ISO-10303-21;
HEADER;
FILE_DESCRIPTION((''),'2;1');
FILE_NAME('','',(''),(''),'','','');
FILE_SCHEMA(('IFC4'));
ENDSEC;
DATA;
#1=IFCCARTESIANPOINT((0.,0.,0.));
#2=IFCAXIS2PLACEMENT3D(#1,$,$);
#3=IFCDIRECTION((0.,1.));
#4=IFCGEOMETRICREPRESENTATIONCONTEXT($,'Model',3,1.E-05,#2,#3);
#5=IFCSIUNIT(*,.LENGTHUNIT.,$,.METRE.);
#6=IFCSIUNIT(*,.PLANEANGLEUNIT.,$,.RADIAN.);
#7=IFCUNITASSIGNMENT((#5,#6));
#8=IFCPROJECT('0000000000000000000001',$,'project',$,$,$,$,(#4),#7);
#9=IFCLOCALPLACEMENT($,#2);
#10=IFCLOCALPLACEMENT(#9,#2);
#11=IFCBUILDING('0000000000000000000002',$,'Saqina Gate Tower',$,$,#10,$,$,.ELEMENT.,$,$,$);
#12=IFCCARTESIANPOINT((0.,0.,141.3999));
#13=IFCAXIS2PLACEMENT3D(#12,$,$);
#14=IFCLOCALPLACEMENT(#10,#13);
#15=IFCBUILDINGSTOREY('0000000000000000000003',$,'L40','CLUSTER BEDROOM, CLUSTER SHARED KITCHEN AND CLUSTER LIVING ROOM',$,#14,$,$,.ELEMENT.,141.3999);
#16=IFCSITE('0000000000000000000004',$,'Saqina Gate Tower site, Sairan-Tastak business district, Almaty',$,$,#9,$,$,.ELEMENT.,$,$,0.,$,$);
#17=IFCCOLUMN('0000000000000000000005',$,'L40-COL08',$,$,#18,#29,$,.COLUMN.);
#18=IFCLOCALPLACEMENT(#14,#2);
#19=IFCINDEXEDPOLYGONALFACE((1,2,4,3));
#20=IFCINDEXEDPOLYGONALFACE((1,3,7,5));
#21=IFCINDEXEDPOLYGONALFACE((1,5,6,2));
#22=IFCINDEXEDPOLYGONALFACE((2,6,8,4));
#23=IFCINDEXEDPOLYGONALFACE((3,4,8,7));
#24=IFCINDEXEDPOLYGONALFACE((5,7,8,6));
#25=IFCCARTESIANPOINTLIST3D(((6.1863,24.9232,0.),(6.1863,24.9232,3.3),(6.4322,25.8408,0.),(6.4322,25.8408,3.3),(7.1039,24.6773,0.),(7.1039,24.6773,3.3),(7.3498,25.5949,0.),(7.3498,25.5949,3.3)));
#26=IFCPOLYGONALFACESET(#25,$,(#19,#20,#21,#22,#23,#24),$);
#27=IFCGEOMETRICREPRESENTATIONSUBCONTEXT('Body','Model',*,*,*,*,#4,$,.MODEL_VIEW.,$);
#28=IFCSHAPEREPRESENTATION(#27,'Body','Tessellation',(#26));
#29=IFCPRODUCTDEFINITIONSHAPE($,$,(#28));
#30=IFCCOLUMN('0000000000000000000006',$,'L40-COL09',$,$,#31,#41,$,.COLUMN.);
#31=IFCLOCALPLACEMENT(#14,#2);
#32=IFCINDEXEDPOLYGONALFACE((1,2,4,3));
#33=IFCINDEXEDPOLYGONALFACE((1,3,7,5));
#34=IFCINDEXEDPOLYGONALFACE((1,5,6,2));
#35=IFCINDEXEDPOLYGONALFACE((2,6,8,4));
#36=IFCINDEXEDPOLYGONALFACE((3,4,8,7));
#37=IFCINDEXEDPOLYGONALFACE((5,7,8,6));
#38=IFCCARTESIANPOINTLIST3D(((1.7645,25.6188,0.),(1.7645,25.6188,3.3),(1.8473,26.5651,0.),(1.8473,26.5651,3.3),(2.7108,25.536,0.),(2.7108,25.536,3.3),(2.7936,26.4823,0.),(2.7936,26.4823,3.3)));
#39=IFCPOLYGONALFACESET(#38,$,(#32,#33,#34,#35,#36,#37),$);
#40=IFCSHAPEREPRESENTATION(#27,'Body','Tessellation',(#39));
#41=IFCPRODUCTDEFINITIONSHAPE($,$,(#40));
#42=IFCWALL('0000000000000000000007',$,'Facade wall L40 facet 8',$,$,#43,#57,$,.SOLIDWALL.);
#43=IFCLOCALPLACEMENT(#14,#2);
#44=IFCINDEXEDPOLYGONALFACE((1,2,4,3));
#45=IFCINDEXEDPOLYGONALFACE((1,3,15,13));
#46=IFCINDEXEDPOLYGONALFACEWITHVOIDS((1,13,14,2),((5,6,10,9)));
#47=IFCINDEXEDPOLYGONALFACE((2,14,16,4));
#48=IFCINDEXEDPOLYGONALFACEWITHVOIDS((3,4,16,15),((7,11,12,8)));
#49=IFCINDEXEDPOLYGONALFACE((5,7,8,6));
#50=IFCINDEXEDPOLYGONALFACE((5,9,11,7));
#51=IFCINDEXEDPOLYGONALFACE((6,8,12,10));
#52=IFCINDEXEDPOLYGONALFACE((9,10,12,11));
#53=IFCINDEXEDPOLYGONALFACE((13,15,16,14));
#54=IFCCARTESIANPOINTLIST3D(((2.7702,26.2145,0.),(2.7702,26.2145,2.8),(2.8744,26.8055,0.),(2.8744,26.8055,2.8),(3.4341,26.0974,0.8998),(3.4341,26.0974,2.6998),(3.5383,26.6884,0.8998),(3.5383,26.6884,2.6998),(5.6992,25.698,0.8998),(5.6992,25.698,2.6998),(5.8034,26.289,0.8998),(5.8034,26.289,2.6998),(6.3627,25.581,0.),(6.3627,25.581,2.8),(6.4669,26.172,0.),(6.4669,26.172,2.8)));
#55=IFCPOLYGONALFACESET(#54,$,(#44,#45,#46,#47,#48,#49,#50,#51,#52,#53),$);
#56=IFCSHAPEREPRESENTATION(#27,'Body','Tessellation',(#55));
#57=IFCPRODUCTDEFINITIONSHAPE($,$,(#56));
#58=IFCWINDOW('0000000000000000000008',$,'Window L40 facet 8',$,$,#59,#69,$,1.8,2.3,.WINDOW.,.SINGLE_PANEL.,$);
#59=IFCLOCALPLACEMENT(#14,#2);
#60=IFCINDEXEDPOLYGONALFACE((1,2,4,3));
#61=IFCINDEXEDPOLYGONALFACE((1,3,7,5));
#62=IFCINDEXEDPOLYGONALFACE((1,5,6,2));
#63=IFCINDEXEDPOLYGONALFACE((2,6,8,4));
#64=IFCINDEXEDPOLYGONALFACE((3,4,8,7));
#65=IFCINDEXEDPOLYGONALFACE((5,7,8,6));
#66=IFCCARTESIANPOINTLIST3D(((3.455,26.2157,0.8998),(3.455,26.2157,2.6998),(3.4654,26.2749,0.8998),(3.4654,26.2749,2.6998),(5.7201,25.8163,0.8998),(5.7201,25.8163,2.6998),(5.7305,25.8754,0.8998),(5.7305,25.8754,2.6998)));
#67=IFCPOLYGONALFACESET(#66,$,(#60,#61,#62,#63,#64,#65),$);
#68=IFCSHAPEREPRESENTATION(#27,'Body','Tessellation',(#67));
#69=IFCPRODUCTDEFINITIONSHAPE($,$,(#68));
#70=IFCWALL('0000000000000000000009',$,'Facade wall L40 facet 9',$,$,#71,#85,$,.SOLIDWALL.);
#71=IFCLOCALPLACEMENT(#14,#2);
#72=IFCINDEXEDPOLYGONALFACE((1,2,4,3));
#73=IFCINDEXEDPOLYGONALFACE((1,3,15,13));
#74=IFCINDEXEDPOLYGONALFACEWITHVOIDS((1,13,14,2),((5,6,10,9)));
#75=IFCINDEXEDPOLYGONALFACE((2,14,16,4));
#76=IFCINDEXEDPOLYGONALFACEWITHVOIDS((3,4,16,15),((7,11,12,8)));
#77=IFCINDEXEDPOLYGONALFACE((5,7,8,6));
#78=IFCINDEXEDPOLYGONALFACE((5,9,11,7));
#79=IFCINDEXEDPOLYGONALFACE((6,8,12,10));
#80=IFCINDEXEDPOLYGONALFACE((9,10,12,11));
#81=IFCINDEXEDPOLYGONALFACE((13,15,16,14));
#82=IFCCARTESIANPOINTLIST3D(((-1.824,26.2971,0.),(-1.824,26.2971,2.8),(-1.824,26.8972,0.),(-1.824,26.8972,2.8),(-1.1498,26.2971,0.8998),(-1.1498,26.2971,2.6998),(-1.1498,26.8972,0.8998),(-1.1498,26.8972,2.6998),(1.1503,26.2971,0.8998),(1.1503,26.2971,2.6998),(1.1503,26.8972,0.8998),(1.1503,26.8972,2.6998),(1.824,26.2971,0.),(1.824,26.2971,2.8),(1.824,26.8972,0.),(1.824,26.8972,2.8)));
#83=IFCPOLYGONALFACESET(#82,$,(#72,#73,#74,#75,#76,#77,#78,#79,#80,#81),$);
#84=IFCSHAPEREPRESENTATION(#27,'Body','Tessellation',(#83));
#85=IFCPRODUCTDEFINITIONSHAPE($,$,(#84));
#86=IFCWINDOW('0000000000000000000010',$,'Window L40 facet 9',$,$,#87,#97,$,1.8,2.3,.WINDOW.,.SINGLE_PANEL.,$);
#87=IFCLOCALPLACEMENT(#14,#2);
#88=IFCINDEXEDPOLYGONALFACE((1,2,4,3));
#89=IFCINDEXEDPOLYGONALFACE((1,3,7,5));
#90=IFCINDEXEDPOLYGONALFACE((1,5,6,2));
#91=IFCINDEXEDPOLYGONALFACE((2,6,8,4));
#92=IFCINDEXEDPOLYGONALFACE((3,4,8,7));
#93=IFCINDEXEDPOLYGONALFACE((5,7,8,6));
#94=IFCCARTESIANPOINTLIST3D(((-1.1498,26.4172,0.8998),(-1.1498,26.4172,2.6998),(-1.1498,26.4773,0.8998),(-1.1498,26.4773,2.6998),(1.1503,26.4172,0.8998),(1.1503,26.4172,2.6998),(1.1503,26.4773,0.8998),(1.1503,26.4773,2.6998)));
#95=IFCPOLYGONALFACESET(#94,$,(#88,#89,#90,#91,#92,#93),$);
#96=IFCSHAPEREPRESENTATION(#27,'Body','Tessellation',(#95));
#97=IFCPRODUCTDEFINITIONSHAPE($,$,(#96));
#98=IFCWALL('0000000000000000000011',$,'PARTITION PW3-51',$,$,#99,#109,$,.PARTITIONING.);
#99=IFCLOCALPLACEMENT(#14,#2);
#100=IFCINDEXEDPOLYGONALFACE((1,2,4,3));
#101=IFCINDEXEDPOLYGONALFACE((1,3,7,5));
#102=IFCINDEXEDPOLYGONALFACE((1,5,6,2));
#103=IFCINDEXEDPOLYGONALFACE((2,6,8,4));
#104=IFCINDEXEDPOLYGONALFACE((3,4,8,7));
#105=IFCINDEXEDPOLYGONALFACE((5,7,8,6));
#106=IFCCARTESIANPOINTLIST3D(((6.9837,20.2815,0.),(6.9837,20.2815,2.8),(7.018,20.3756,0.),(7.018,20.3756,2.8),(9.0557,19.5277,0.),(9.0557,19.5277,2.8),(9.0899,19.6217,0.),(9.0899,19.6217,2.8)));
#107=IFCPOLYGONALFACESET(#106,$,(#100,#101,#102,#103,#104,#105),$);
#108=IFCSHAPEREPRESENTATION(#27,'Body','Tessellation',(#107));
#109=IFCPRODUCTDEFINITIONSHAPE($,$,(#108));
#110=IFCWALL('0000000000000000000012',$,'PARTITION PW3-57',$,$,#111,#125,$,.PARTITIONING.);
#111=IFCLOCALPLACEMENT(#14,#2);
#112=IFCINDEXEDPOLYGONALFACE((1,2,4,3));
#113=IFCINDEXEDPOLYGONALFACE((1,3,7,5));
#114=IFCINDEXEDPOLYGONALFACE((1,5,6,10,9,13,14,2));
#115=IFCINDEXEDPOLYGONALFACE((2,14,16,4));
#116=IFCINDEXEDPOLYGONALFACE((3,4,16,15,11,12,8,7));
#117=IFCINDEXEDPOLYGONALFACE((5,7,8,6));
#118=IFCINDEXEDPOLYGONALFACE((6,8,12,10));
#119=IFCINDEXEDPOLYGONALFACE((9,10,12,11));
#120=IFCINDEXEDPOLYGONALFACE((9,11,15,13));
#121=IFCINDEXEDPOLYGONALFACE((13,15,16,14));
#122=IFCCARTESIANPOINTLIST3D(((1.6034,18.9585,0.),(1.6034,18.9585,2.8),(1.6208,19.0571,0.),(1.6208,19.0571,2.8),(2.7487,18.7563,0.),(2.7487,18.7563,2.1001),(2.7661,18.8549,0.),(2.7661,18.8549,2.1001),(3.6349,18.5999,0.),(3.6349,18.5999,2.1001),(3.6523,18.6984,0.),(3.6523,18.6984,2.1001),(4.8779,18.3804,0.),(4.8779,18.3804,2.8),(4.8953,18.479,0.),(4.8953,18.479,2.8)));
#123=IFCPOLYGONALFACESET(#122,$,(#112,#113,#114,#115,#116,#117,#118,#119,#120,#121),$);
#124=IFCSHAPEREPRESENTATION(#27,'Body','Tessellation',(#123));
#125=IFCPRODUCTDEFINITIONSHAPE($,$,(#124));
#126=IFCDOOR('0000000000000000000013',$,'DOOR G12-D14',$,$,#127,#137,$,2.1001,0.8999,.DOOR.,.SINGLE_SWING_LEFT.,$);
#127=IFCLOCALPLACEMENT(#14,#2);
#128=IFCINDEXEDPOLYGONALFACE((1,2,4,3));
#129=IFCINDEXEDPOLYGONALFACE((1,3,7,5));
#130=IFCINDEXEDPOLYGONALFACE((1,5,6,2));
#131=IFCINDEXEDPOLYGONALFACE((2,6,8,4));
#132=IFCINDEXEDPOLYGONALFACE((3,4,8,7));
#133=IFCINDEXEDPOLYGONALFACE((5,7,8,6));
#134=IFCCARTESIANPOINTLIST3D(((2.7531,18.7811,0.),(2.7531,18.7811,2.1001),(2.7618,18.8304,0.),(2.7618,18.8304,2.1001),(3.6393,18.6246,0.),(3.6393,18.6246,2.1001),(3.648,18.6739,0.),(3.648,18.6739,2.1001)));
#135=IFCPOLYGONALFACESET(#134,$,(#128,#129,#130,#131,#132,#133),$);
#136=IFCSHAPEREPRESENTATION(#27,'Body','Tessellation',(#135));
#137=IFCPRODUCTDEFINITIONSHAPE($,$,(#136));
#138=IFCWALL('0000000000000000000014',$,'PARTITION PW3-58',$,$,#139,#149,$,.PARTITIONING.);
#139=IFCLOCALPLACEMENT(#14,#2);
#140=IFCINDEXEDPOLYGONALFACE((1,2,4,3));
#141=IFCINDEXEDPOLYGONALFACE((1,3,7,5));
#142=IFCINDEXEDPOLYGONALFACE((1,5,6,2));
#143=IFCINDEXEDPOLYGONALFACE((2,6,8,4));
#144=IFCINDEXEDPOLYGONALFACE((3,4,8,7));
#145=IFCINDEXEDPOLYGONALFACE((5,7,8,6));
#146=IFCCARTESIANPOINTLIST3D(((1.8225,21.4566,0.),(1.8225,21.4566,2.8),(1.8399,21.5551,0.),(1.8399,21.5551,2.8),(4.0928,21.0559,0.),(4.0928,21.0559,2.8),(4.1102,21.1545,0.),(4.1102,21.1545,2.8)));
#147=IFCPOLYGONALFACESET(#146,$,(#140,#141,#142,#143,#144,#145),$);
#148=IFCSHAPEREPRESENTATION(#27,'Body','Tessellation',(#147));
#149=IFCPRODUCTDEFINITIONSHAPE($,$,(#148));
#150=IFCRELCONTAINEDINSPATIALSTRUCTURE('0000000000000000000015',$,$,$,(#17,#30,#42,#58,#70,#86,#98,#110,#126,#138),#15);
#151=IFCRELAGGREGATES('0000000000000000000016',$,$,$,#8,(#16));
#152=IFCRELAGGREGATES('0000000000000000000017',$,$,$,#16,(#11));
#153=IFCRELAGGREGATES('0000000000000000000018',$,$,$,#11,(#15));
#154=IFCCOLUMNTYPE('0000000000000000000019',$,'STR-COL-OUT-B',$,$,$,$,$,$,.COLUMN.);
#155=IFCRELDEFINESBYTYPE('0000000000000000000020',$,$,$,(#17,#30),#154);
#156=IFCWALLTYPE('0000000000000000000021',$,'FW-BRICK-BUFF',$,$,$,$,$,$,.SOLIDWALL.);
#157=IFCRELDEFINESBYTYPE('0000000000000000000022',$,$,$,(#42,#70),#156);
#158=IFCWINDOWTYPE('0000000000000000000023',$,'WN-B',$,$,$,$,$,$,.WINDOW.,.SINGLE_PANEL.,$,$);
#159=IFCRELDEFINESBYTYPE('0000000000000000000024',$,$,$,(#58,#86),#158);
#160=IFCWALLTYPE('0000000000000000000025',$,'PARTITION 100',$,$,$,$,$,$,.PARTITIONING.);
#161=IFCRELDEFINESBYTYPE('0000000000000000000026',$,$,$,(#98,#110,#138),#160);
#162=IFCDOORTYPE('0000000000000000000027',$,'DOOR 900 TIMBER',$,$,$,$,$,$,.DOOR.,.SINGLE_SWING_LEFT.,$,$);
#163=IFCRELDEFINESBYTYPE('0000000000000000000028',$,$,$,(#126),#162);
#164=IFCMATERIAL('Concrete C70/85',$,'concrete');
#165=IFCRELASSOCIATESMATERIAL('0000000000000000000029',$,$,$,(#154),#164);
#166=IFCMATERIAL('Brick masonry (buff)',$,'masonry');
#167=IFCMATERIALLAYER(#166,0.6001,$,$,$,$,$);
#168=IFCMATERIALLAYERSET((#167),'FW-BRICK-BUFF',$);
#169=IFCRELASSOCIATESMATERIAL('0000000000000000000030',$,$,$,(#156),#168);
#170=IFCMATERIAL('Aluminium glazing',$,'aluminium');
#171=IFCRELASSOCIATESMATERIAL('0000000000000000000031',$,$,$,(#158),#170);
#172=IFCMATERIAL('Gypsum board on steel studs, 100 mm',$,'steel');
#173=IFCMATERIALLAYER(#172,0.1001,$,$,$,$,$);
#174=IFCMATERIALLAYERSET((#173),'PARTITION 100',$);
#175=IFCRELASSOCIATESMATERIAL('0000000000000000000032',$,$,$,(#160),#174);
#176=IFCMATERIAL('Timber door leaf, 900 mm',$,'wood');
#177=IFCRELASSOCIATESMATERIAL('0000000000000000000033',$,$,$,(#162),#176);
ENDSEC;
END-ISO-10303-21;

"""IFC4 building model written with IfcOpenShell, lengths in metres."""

from ifc_helpers import new_model, si_unit, direction, frame, frame_2d, origin, origin_2d, place, context, subcontext, project, spatial, rectangle, extrude, material, layer, layer_set, material_profile, profile_set, type_object, element, fill, save


model = new_model("IFC4")

# Units and contexts
model_context = context("Model", 3, precision=1e-05, world=origin(), true_north=direction((0.0, 1.0)))
body_context = subcontext(model_context, "Body", "Model", "MODEL_VIEW")
ifc_project = project(units=[si_unit("LENGTHUNIT", "METRE"), si_unit("PLANEANGLEUNIT", "RADIAN")], contexts=[model_context])

# Site, building, storey
site_placement = place(None, origin())
site = spatial("IfcSite", under=ifc_project, at=site_placement, Name="Saqina Gate Tower site, Sairan-Tastak business district, Almaty", CompositionType="ELEMENT", RefElevation=0.0)
building_placement = place(site_placement, origin())
building = spatial("IfcBuilding", under=site, at=building_placement, Name="Saqina Gate Tower", CompositionType="ELEMENT")
storey_placement = place(building_placement, frame((0.0, 0.0, 141.3999)))
storey = spatial("IfcBuildingStorey", under=building, at=storey_placement, Name="L40", Description="CLUSTER BEDROOM, CLUSTER SHARED KITCHEN AND CLUSTER LIVING ROOM", CompositionType="ELEMENT", Elevation=141.3999)

# Columns
ifc_material_1 = material(Name="Concrete C70/85", Category="concrete")
ifc_material_profile = material_profile(ifc_material_1, rectangle(XDim=0.95, YDim=0.95, at=origin_2d()), Name="RC 950x950")
ifc_profile_set = profile_set([ifc_material_profile], Name="Concrete C70/85")
column_type = type_object("IfcColumnType", Name="STR-COL-OUT-B", PredefinedType="COLUMN", material=ifc_profile_set)
for number, where, z_axis, x_axis, name in (
    (1, (6.7681, 25.259, 0.0), (0.0, 0.0, 1.0), (0.258819, 0.965926, 0.0), "L40-COL08"),
    (2, (2.2791, 26.0505, 0.0), (0.0, 0.0, 1.0), (0.087156, 0.996195, 0.0), "L40-COL09"),
):
    element("IfcColumn", number, at=place(storey_placement, frame(where, z_axis=z_axis, x_axis=x_axis)), inside=storey, type_object=column_type, Name=name, PredefinedType="COLUMN", context=body_context, shape_type="SweptSolid", body=[
        extrude(rectangle(XDim=0.95, YDim=0.95, at=origin_2d()), origin(), (0.0, 0.0, 1.0), 3.3),
    ])

# Walls, openings, windows
ifc_material_2 = material(Name="Brick masonry (buff)", Category="masonry")
ifc_layer_1 = layer(ifc_material_2, 0.6001)
ifc_layer_set_1 = layer_set([ifc_layer_1], Name="FW-BRICK-BUFF")
wall_type_1 = type_object("IfcWallType", Name="FW-BRICK-BUFF", PredefinedType="SOLIDWALL", material=ifc_layer_set_1)
wall_1_placement = place(storey_placement, frame((6.4148, 25.8765, 0.0), z_axis=(0.0, 0.0, 1.0), x_axis=(-0.984804, 0.173671, 0.0)))
wall_1 = element("IfcWall", 3, at=wall_1_placement, inside=storey, type_object=wall_type_1, Name="Facade wall L40 facet 8", PredefinedType="SOLIDWALL", context=body_context, shape_type="SweptSolid", body=[
    extrude(rectangle(XDim=3.6479, YDim=0.6001, at=frame_2d((1.824, 0.0))), origin(), (0.0, 0.0, 1.0), 2.8),
])
opening_1_placement = place(wall_1_placement, frame((0.6738, 0.0, 0.8999)))
opening_1 = element("IfcOpeningElement", 4, at=opening_1_placement, cuts=wall_1, PredefinedType="OPENING", context=body_context, shape_type="SweptSolid", body=[
    extrude(rectangle(XDim=2.3, YDim=1.8, at=frame_2d((1.1499, 0.8999))), frame((0.0, 0.312, 0.0), z_axis=(0.0, -1.0, 0.0), x_axis=(1.0, 0.0, 0.0)), (0.0, 0.0, 1.0), 0.624),
])
ifc_material_3 = material(Name="Aluminium glazing", Category="aluminium")
window_type = type_object("IfcWindowType", Name="WN-B", PartitioningType="SINGLE_PANEL", PredefinedType="WINDOW", material=ifc_material_3)
window_1_placement = place(opening_1_placement, origin())
window_1 = element("IfcWindow", 5, at=window_1_placement, inside=storey, type_object=window_type, Name="Window L40 facet 8", OverallHeight=1.8, OverallWidth=2.3, PartitioningType="SINGLE_PANEL", PredefinedType="WINDOW", context=body_context, shape_type="SweptSolid", body=[
    extrude(rectangle(XDim=2.3, YDim=1.8, at=frame_2d((1.1499, 0.8999))), frame((0.0, 0.1799, 0.0), z_axis=(0.0, -1.0, 0.0), x_axis=(1.0, 0.0, 0.0)), (0.0, 0.0, 1.0), 0.0601),
])
fill(opening_1, window_1)
wall_2_placement = place(storey_placement, frame((1.824, 26.5972, 0.0), z_axis=(0.0, 0.0, 1.0), x_axis=(-1.0, 0.0, 0.0)))
wall_2 = element("IfcWall", 6, at=wall_2_placement, inside=storey, type_object=wall_type_1, Name="Facade wall L40 facet 9", PredefinedType="SOLIDWALL", context=body_context, shape_type="SweptSolid", body=[
    extrude(rectangle(XDim=3.6479, YDim=0.6001, at=frame_2d((1.824, 0.0))), origin(), (0.0, 0.0, 1.0), 2.8),
])
opening_2_placement = place(wall_2_placement, frame((0.6738, 0.0, 0.8999)))
opening_2 = element("IfcOpeningElement", 7, at=opening_2_placement, cuts=wall_2, PredefinedType="OPENING", context=body_context, shape_type="SweptSolid", body=[
    extrude(rectangle(XDim=2.3, YDim=1.8, at=frame_2d((1.1499, 0.8999))), frame((0.0, 0.312, 0.0), z_axis=(0.0, -1.0, 0.0), x_axis=(1.0, 0.0, 0.0)), (0.0, 0.0, 1.0), 0.624),
])
window_2_placement = place(opening_2_placement, origin())
window_2 = element("IfcWindow", 8, at=window_2_placement, inside=storey, type_object=window_type, Name="Window L40 facet 9", OverallHeight=1.8, OverallWidth=2.3, PartitioningType="SINGLE_PANEL", PredefinedType="WINDOW", context=body_context, shape_type="SweptSolid", body=[
    extrude(rectangle(XDim=2.3, YDim=1.8, at=frame_2d((1.1499, 0.8999))), frame((0.0, 0.1799, 0.0), z_axis=(0.0, -1.0, 0.0), x_axis=(1.0, 0.0, 0.0)), (0.0, 0.0, 1.0), 0.0601),
])
fill(opening_2, window_2)

# Wall
ifc_material_4 = material(Name="Gypsum board on steel studs, 100 mm", Category="steel")
ifc_layer_2 = layer(ifc_material_4, 0.1001)
ifc_layer_set_2 = layer_set([ifc_layer_2], Name="PARTITION 100")
wall_type_2 = type_object("IfcWallType", Name="PARTITION 100", PredefinedType="PARTITIONING", material=ifc_layer_set_2)
wall_3_placement = place(storey_placement, frame((7.0007, 20.3286, 0.0), z_axis=(0.0, 0.0, 1.0), x_axis=(0.939729, -0.341921, 0.0)))
element("IfcWall", 9, at=wall_3_placement, inside=storey, type_object=wall_type_2, Name="PARTITION PW3-51", PredefinedType="PARTITIONING", context=body_context, shape_type="SweptSolid", body=[
    extrude(rectangle(XDim=2.2048, YDim=0.1001, at=frame_2d((1.1025, 0.0))), origin(), (0.0, 0.0, 1.0), 2.8),
])

# Wall, opening, door
wall_4_placement = place(storey_placement, frame((1.6121, 19.0078, 0.0), z_axis=(0.0, 0.0, 1.0), x_axis=(0.984771, -0.173857, 0.0)))
wall_4 = element("IfcWall", 10, at=wall_4_placement, inside=storey, type_object=wall_type_2, Name="PARTITION PW3-57", PredefinedType="PARTITIONING", context=body_context, shape_type="SweptSolid", body=[
    extrude(rectangle(XDim=3.3252, YDim=0.1001, at=frame_2d((1.6626, 0.0))), origin(), (0.0, 0.0, 1.0), 2.8),
])
opening_3_placement = place(wall_4_placement, frame((1.1631, 0.0, 0.0)))
opening_3 = element("IfcOpeningElement", 11, at=opening_3_placement, cuts=wall_4, PredefinedType="OPENING", context=body_context, shape_type="SweptSolid", body=[
    extrude(rectangle(XDim=0.8999, YDim=2.1001, at=frame_2d((0.45, 1.05))), frame((0.0, 0.062, 0.0), z_axis=(0.0, -1.0, 0.0), x_axis=(1.0, 0.0, 0.0)), (0.0, 0.0, 1.0), 0.124),
])
ifc_material_5 = material(Name="Timber door leaf, 900 mm", Category="wood")
door_type_1 = type_object("IfcDoorType", Name="DOOR 900 TIMBER", OperationType="SINGLE_SWING_LEFT", PredefinedType="DOOR", material=ifc_material_5)
door_1_placement = place(opening_3_placement, frame((0.8999, 0.0, 0.0), z_axis=(0.0, 0.0, 1.0), x_axis=(-1.0, 0.0, 0.0)))
door_1 = element("IfcDoor", 12, at=door_1_placement, inside=storey, type_object=door_type_1, Name="DOOR G12-D14", OperationType="SINGLE_SWING_LEFT", OverallHeight=2.1001, OverallWidth=0.8999, PredefinedType="DOOR", context=body_context, shape_type="SweptSolid", body=[
    extrude(rectangle(XDim=0.8999, YDim=2.1001, at=frame_2d((0.45, 1.05))), frame((0.0, 0.0249, 0.0), z_axis=(0.0, -1.0, 0.0), x_axis=(1.0, 0.0, 0.0)), (0.0, 0.0, 1.0), 0.05),
])
fill(opening_3, door_1)

# Wall
wall_5_placement = place(storey_placement, frame((1.8311, 21.5059, 0.0), z_axis=(0.0, 0.0, 1.0), x_axis=(0.984784, -0.173785, 0.0)))
element("IfcWall", 13, at=wall_5_placement, inside=storey, type_object=wall_type_2, Name="PARTITION PW3-58", PredefinedType="PARTITIONING", context=body_context, shape_type="SweptSolid", body=[
    extrude(rectangle(XDim=2.3054, YDim=0.1001, at=frame_2d((1.1528, 0.0))), origin(), (0.0, 0.0, 1.0), 2.8),
])

save(model, "model.ifc")
